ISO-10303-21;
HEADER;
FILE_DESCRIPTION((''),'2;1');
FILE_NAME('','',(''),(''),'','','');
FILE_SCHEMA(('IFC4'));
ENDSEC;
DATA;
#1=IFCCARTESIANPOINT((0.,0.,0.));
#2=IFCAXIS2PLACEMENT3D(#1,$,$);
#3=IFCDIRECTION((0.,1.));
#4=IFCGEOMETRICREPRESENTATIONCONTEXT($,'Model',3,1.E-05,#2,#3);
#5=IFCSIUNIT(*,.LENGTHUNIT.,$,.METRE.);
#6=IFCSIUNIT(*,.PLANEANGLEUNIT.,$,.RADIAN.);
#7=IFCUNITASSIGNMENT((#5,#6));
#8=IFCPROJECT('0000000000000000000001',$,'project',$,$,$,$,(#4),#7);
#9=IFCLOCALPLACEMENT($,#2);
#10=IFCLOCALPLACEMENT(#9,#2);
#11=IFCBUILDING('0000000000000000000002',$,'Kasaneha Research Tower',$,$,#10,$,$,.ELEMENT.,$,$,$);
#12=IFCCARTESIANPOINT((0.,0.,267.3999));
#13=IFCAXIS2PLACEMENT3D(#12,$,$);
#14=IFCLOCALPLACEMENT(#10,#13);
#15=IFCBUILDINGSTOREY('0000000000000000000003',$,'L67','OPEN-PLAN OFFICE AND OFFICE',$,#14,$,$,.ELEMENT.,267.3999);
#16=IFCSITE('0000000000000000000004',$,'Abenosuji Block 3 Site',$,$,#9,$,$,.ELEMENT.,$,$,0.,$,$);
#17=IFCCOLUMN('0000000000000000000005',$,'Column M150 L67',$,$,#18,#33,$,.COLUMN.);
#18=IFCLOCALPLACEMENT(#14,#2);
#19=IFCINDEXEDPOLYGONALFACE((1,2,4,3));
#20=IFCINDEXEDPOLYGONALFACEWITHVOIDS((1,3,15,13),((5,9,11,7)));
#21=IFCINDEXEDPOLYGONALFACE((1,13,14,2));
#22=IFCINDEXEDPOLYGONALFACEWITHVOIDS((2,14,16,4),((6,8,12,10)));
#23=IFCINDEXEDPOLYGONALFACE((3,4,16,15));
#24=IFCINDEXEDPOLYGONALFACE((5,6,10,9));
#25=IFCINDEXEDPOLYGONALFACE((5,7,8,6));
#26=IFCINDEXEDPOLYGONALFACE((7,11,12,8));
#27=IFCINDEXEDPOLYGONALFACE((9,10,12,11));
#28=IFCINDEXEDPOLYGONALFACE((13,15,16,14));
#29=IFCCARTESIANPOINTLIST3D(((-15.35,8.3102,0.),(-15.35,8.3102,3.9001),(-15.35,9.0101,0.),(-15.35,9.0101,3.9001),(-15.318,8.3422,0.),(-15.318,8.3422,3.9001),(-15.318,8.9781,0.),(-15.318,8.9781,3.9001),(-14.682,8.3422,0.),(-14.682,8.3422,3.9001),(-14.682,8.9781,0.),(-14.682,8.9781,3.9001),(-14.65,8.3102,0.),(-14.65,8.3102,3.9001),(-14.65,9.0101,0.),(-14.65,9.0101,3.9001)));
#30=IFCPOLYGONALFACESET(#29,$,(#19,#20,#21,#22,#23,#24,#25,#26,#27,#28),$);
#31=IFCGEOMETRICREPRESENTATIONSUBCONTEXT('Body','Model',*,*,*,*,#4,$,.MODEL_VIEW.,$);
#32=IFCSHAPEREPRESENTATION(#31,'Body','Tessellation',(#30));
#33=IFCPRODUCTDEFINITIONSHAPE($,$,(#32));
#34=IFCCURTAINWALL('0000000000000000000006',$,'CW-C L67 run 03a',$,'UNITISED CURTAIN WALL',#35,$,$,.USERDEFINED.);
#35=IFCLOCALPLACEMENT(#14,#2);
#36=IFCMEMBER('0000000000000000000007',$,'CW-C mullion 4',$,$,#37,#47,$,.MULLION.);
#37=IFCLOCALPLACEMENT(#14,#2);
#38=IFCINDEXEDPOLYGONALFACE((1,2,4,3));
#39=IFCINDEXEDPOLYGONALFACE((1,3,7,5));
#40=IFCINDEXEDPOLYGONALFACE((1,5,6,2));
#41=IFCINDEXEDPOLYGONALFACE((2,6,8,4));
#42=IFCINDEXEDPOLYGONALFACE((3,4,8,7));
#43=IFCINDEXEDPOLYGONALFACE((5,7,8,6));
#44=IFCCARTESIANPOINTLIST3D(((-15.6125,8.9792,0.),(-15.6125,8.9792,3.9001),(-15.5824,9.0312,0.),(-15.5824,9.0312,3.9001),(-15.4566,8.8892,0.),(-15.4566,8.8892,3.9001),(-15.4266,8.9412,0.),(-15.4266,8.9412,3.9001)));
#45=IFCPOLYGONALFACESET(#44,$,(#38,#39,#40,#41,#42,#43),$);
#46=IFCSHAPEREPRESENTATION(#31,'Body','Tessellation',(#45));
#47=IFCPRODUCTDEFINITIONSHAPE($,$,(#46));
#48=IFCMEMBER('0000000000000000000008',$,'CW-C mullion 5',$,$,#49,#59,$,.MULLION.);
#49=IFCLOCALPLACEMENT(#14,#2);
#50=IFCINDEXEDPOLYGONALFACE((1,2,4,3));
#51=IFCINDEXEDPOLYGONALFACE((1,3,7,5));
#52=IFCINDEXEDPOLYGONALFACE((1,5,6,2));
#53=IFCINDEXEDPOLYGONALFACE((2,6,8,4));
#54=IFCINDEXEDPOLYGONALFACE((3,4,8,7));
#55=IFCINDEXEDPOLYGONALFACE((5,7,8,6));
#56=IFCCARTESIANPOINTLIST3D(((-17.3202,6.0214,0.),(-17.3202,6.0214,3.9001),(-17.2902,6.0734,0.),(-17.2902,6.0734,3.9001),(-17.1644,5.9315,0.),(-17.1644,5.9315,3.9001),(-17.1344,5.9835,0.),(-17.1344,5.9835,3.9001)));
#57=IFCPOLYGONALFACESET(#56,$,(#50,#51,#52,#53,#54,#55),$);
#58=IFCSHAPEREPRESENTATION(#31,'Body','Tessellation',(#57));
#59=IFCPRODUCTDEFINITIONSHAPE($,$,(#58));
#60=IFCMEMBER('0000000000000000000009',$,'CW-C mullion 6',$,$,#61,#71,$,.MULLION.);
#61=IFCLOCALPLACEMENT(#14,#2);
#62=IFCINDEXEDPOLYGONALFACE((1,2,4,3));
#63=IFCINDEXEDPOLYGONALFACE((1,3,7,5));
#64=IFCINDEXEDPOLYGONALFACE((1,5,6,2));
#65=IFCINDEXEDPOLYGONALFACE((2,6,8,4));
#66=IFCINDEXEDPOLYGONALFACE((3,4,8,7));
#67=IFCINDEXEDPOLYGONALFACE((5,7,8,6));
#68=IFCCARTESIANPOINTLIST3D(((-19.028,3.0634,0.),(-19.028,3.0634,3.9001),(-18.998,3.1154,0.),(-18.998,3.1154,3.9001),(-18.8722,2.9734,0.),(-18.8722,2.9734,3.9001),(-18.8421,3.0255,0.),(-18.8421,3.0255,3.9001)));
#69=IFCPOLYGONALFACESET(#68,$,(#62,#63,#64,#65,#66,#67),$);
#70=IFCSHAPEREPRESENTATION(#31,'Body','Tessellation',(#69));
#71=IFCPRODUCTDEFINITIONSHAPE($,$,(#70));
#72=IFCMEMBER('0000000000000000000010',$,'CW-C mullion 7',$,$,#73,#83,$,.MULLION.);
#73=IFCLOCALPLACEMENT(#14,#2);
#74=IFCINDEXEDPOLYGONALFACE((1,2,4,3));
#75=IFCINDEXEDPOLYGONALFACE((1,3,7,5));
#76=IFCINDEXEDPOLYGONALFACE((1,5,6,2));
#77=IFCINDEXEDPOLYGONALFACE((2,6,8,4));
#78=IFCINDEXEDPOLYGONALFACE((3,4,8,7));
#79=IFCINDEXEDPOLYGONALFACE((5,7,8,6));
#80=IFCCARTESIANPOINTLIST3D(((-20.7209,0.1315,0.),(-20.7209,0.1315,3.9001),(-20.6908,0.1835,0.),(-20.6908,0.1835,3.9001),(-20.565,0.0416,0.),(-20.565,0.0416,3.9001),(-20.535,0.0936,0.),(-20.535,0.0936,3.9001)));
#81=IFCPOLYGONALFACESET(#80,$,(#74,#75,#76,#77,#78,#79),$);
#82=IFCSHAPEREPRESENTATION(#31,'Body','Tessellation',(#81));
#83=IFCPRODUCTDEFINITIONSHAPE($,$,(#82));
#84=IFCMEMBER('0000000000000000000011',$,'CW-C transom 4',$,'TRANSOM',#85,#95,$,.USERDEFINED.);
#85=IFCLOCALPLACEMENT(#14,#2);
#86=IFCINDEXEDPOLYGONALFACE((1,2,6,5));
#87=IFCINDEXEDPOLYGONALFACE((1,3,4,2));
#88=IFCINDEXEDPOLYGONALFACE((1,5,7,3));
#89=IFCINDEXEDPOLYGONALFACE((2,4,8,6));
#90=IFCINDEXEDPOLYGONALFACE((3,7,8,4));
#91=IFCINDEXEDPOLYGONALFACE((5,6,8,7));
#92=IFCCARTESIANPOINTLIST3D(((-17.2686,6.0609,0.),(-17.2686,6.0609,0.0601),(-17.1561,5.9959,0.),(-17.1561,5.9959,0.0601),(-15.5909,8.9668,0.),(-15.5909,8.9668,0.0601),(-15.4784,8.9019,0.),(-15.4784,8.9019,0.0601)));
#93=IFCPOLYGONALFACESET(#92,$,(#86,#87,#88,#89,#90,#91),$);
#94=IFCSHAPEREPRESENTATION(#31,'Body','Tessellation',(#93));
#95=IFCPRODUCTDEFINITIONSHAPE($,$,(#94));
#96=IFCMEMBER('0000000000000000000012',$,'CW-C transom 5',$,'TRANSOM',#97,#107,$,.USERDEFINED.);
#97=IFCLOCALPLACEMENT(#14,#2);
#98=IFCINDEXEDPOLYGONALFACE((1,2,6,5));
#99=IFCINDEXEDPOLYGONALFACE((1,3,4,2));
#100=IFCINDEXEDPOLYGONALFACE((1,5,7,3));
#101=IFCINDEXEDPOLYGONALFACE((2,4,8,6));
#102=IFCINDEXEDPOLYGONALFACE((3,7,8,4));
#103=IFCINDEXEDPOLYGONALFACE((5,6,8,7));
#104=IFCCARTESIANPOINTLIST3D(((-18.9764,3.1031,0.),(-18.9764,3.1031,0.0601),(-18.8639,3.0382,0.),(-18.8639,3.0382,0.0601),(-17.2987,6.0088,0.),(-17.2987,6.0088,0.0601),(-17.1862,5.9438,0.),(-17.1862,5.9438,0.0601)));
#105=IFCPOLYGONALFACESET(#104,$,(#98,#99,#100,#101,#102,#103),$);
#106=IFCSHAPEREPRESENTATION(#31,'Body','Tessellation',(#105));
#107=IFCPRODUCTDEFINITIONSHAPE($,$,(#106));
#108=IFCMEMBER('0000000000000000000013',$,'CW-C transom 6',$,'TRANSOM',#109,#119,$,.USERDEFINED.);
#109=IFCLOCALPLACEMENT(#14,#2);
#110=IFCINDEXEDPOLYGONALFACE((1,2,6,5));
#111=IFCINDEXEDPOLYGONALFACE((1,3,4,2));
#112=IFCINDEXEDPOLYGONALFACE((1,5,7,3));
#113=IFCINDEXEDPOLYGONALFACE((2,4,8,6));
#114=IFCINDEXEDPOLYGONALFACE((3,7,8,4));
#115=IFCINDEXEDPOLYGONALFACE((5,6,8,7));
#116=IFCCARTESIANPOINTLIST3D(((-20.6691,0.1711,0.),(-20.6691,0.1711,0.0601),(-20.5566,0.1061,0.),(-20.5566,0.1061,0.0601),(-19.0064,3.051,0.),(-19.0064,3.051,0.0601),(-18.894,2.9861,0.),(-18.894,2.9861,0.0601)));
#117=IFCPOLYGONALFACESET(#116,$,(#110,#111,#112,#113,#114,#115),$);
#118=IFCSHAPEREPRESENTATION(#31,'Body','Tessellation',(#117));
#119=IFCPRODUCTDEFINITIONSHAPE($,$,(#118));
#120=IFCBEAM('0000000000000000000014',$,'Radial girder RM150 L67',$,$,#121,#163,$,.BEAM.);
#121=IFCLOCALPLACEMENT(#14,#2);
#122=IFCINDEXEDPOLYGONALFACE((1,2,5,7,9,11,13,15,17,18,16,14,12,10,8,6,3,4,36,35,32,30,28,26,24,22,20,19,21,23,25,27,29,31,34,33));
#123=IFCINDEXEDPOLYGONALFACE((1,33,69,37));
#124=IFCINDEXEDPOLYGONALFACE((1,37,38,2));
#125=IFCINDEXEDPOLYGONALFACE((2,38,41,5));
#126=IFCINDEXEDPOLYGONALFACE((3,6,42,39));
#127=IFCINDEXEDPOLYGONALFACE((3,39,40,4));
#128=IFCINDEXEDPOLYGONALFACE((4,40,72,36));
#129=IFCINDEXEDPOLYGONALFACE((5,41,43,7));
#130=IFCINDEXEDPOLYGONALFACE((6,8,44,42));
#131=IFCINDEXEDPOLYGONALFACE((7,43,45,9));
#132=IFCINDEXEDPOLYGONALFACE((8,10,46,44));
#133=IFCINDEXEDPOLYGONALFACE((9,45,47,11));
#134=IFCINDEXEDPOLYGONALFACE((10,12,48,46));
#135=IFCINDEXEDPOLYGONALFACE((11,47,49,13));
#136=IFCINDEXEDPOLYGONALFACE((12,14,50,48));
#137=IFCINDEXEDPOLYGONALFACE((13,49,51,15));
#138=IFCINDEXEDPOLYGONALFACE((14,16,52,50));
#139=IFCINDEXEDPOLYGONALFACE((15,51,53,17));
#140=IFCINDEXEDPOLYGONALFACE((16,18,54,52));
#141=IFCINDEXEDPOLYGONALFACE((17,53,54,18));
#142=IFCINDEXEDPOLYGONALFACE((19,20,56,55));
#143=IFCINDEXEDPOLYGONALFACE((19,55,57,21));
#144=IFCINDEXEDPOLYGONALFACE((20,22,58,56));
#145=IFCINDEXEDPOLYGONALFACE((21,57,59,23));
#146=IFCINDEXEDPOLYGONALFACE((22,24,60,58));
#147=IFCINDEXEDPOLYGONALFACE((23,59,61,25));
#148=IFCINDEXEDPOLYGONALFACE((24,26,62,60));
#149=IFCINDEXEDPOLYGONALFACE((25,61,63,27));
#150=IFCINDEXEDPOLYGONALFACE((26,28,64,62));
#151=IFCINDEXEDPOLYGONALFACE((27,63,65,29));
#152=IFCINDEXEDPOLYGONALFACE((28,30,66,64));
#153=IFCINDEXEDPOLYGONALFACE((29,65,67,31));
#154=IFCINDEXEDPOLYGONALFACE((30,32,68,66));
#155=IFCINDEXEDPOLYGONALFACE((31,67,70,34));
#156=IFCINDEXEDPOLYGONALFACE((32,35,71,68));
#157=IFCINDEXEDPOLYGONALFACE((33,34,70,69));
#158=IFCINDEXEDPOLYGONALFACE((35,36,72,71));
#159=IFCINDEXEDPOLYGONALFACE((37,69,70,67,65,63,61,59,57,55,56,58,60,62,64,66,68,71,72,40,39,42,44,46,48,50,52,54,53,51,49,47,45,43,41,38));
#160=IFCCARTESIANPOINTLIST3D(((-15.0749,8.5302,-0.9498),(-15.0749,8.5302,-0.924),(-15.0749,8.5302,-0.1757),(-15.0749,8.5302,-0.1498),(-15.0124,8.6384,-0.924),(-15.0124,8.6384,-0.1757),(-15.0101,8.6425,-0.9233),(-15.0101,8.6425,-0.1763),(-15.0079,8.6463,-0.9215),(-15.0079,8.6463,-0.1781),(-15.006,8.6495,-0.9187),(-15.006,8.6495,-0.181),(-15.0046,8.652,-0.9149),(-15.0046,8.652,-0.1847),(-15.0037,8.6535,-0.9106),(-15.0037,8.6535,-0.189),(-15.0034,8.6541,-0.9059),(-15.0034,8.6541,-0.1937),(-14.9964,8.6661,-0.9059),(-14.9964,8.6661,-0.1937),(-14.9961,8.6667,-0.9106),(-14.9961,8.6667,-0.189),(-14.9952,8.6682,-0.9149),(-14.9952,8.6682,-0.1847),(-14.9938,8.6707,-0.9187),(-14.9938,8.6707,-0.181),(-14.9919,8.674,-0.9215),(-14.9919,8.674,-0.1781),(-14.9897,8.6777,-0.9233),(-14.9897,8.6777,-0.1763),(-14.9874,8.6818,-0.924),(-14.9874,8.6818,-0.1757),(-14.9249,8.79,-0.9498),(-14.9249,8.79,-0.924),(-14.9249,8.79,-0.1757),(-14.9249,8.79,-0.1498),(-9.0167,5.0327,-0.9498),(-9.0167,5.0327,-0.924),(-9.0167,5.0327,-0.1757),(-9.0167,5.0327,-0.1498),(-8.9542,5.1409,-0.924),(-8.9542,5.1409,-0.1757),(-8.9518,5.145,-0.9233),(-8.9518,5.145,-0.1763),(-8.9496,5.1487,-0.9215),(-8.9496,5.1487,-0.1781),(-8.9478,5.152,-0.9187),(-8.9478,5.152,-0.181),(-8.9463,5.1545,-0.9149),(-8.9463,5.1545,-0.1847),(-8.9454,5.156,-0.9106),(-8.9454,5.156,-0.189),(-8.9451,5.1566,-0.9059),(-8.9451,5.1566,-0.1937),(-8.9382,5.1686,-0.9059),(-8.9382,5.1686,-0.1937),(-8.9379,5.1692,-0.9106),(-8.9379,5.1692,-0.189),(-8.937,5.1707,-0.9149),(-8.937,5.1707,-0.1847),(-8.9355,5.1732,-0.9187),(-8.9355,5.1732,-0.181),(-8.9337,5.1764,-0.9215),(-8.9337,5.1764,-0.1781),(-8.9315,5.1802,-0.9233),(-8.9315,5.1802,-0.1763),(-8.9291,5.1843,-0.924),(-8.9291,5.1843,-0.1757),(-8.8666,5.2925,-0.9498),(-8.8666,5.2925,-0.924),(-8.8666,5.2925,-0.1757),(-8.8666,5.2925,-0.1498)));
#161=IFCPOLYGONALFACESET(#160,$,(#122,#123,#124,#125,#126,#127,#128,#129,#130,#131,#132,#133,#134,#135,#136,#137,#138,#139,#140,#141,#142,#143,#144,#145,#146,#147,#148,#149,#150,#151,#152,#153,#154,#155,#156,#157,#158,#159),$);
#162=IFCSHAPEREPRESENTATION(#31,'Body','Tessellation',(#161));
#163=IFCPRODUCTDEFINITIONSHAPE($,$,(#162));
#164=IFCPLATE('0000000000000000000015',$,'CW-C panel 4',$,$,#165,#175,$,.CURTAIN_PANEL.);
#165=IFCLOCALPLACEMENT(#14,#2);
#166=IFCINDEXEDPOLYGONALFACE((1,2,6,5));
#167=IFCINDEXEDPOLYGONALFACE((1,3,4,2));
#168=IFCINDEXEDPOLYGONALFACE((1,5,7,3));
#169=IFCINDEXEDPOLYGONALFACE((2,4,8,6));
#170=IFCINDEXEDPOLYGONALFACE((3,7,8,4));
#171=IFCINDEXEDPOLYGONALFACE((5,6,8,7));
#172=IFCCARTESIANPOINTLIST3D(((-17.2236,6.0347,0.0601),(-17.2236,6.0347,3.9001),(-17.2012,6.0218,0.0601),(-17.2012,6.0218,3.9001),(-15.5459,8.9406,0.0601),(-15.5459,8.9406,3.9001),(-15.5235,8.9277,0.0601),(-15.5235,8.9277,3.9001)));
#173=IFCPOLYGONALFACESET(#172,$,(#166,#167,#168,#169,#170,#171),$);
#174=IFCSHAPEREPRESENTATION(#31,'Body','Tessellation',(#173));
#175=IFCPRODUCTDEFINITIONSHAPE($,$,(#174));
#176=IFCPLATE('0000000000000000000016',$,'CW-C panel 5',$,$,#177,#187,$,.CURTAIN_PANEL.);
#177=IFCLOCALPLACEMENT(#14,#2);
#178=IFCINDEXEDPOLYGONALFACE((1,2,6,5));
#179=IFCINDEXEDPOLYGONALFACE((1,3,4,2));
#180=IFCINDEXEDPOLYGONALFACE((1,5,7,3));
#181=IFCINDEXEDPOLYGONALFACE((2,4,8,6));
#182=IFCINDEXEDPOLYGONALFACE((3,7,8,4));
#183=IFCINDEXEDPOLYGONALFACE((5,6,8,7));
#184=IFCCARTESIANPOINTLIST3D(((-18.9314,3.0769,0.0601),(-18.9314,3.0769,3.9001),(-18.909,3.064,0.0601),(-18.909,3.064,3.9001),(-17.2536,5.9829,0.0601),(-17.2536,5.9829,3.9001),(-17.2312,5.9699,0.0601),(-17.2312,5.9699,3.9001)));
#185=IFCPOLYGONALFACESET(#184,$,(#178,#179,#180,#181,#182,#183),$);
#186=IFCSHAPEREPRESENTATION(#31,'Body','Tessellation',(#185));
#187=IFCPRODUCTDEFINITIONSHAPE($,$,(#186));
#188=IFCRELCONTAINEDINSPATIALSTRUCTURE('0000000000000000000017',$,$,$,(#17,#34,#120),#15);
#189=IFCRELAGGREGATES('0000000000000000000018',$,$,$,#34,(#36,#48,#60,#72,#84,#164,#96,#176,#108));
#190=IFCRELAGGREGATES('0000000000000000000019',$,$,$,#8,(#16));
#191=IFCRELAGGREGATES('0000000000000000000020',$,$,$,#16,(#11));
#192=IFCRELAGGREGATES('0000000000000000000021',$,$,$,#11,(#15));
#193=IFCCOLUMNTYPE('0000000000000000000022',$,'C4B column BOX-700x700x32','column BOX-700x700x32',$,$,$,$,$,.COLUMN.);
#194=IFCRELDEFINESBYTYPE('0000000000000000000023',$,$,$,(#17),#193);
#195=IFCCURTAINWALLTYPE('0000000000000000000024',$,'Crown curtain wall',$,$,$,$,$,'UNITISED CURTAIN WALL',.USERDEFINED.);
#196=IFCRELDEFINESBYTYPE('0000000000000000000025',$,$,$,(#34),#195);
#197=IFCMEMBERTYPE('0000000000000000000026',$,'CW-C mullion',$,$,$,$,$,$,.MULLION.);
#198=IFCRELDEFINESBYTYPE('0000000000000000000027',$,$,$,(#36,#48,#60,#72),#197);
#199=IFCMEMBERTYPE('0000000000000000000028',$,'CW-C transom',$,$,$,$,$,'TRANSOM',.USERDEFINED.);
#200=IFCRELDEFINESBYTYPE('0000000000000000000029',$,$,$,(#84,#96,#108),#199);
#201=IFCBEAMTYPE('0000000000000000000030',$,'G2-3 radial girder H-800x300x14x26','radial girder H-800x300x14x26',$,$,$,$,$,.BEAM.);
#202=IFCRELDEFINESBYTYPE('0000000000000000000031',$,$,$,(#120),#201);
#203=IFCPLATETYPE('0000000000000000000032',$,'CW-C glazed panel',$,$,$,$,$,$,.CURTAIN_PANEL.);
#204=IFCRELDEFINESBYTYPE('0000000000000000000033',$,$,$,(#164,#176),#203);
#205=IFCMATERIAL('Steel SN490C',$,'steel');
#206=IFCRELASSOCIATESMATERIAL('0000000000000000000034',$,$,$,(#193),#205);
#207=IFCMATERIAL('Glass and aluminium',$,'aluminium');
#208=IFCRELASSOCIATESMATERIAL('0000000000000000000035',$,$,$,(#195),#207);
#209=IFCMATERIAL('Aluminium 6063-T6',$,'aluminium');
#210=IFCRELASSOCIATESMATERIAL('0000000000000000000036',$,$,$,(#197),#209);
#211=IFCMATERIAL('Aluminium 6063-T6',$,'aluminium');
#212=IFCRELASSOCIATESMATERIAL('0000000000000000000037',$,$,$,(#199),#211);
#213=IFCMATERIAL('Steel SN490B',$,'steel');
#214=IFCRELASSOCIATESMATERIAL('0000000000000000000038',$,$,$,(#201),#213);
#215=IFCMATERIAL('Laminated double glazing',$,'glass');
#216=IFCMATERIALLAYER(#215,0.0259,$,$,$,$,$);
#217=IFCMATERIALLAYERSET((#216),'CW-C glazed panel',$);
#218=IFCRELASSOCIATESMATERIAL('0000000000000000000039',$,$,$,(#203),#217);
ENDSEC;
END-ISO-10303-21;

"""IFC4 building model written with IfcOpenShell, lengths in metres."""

from ifc_helpers import new_model, si_unit, direction, frame, origin, origin_2d, place, context, subcontext, project, spatial, rectangle, hollow_rectangle, i_section, extrude, material, layer, layer_set, material_profile, profile_set, type_object, element, aggregate, save


model = new_model("IFC4")

# Units and contexts
model_context = context("Model", 3, precision=1e-05, world=origin(), true_north=direction((0.0, 1.0)))
body_context = subcontext(model_context, "Body", "Model", "MODEL_VIEW")
ifc_project = project(units=[si_unit("LENGTHUNIT", "METRE"), si_unit("PLANEANGLEUNIT", "RADIAN")], contexts=[model_context])

# Site, building, storey
site_placement = place(None, origin())
site = spatial("IfcSite", under=ifc_project, at=site_placement, Name="Abenosuji Block 3 Site", CompositionType="ELEMENT", RefElevation=0.0)
building_placement = place(site_placement, origin())
building = spatial("IfcBuilding", under=site, at=building_placement, Name="Kasaneha Research Tower", CompositionType="ELEMENT")
storey_placement = place(building_placement, frame((0.0, 0.0, 267.3999)))
storey = spatial("IfcBuildingStorey", under=building, at=storey_placement, Name="L67", Description="OPEN-PLAN OFFICE AND OFFICE", CompositionType="ELEMENT", Elevation=267.3999)

# Column
ifc_material_1 = material(Name="Steel SN490C", Category="steel")
ifc_material_profile_1 = material_profile(ifc_material_1, hollow_rectangle(XDim=0.7, YDim=0.7, WallThickness=0.032, at=origin_2d()), Name="BOX-700x700x32")
ifc_profile_set_1 = profile_set([ifc_material_profile_1], Name="Steel SN490C")
column_type = type_object("IfcColumnType", Name="C4B column BOX-700x700x32", Description="column BOX-700x700x32", PredefinedType="COLUMN", material=ifc_profile_set_1)
column_placement = place(storey_placement, frame((-15.0, 8.6602, 0.0), z_axis=(0.0, 0.0, 1.0), x_axis=(1.0, 0.0, 0.0)))
element("IfcColumn", 1, at=column_placement, inside=storey, type_object=column_type, Name="Column M150 L67", PredefinedType="COLUMN", context=body_context, shape_type="SweptSolid", body=[
    extrude(hollow_rectangle(XDim=0.7, YDim=0.7, WallThickness=0.032, at=origin_2d()), origin(), (0.0, 0.0, 1.0), 3.9001),
])

# Curtain wall, members
ifc_material_2 = material(Name="Glass and aluminium", Category="aluminium")
curtain_wall_type = type_object("IfcCurtainWallType", Name="Crown curtain wall", ElementType="UNITISED CURTAIN WALL", PredefinedType="USERDEFINED", material=ifc_material_2)
curtain_wall_placement = place(storey_placement, origin())
curtain_wall = element("IfcCurtainWall", 2, at=curtain_wall_placement, inside=storey, type_object=curtain_wall_type, Name="CW-C L67 run 03a", ObjectType="UNITISED CURTAIN WALL", PredefinedType="USERDEFINED")
ifc_material_3 = material(Name="Aluminium 6063-T6", Category="aluminium")
ifc_material_profile_2 = material_profile(ifc_material_3, rectangle(XDim=0.0601, YDim=0.1799, at=origin_2d()), Name="CW-C mullion 60x180")
ifc_profile_set_2 = profile_set([ifc_material_profile_2], Name="Aluminium 6063-T6")
member_type_1 = type_object("IfcMemberType", Name="CW-C mullion", PredefinedType="MULLION", material=ifc_profile_set_2)
member_1_placement = place(storey_placement, frame((-15.5195, 8.9602, 0.0), z_axis=(0.0, 0.0, 1.0), x_axis=(-0.5, -0.866025, 0.0)))
member_1 = element("IfcMember", 3, at=member_1_placement, type_object=member_type_1, Name="CW-C mullion 4", PredefinedType="MULLION", context=body_context, shape_type="SweptSolid", body=[
    extrude(rectangle(XDim=0.0601, YDim=0.1799, at=origin_2d()), origin(), (0.0, 0.0, 1.0), 3.9001),
])
member_2_placement = place(storey_placement, frame((-17.2273, 6.0024, 0.0), z_axis=(0.0, 0.0, 1.0), x_axis=(-0.5, -0.866025, 0.0)))
member_2 = element("IfcMember", 4, at=member_2_placement, type_object=member_type_1, Name="CW-C mullion 5", PredefinedType="MULLION", context=body_context, shape_type="SweptSolid", body=[
    extrude(rectangle(XDim=0.0601, YDim=0.1799, at=origin_2d()), origin(), (0.0, 0.0, 1.0), 3.9001),
])
member_3_placement = place(storey_placement, frame((-18.9351, 3.0444, 0.0), z_axis=(0.0, 0.0, 1.0), x_axis=(-0.5, -0.866025, 0.0)))
member_3 = element("IfcMember", 5, at=member_3_placement, type_object=member_type_1, Name="CW-C mullion 6", PredefinedType="MULLION", context=body_context, shape_type="SweptSolid", body=[
    extrude(rectangle(XDim=0.0601, YDim=0.1799, at=origin_2d()), origin(), (0.0, 0.0, 1.0), 3.9001),
])
member_4_placement = place(storey_placement, frame((-20.6279, 0.1125, 0.0), z_axis=(0.0, 0.0, 1.0), x_axis=(-0.5, -0.866025, 0.0)))
member_4 = element("IfcMember", 6, at=member_4_placement, type_object=member_type_1, Name="CW-C mullion 7", PredefinedType="MULLION", context=body_context, shape_type="SweptSolid", body=[
    extrude(rectangle(XDim=0.0601, YDim=0.1799, at=origin_2d()), origin(), (0.0, 0.0, 1.0), 3.9001),
])
ifc_material_4 = material(Name="Aluminium 6063-T6", Category="aluminium")
ifc_material_profile_3 = material_profile(ifc_material_4, rectangle(XDim=0.1299, YDim=0.0601, at=origin_2d()), Name="CW-C transom 130x60")
ifc_profile_set_3 = profile_set([ifc_material_profile_3], Name="Aluminium 6063-T6")
member_type_2 = type_object("IfcMemberType", Name="CW-C transom", ElementType="TRANSOM", PredefinedType="USERDEFINED", material=ifc_profile_set_3)
member_5_placement = place(storey_placement, frame((-15.5347, 8.9343, 0.03), z_axis=(-0.499989, -0.866032, 0.0), x_axis=(0.866032, -0.499989, 0.0)))
member_5 = element("IfcMember", 7, at=member_5_placement, type_object=member_type_2, Name="CW-C transom 4", ObjectType="TRANSOM", PredefinedType="USERDEFINED", context=body_context, shape_type="SweptSolid", body=[
    extrude(rectangle(XDim=0.1299, YDim=0.0601, at=origin_2d()), origin(), (0.0, 0.0, 1.0), 3.3555),
])
member_6_placement = place(storey_placement, frame((-17.2424, 5.9763, 0.03), z_axis=(-0.500021, -0.866014, 0.0), x_axis=(0.866014, -0.500021, 0.0)))
member_6 = element("IfcMember", 8, at=member_6_placement, type_object=member_type_2, Name="CW-C transom 5", ObjectType="TRANSOM", PredefinedType="USERDEFINED", context=body_context, shape_type="SweptSolid", body=[
    extrude(rectangle(XDim=0.1299, YDim=0.0601, at=origin_2d()), origin(), (0.0, 0.0, 1.0), 3.3552),
])
member_7_placement = place(storey_placement, frame((-18.9502, 3.0186, 0.03), z_axis=(-0.499977, -0.866039, 0.0), x_axis=(0.866039, -0.499977, 0.0)))
member_7 = element("IfcMember", 9, at=member_7_placement, type_object=member_type_2, Name="CW-C transom 6", ObjectType="TRANSOM", PredefinedType="USERDEFINED", context=body_context, shape_type="SweptSolid", body=[
    extrude(rectangle(XDim=0.1299, YDim=0.0601, at=origin_2d()), origin(), (0.0, 0.0, 1.0), 3.3254),
])

# Beam
ifc_material_5 = material(Name="Steel SN490B", Category="steel")
ifc_material_profile_4 = material_profile(ifc_material_5, i_section(OverallWidth=0.3, OverallDepth=0.8, WebThickness=0.0139, FlangeThickness=0.0259, FilletRadius=0.0181, at=origin_2d()), Name="H-800x300x14x26")
ifc_profile_set_4 = profile_set([ifc_material_profile_4], Name="Steel SN490B")
beam_type = type_object("IfcBeamType", Name="G2-3 radial girder H-800x300x14x26", Description="radial girder H-800x300x14x26", PredefinedType="BEAM", material=ifc_profile_set_4)
beam_placement = place(storey_placement, frame((-8.9417, 5.1626, -0.5498), z_axis=(-0.86604, 0.499975, 0.0), x_axis=(-0.499975, -0.86604, 0.0)))
element("IfcBeam", 10, at=beam_placement, inside=storey, type_object=beam_type, Name="Radial girder RM150 L67", PredefinedType="BEAM", context=body_context, shape_type="SweptSolid", body=[
    extrude(i_section(OverallWidth=0.3, OverallDepth=0.8, WebThickness=0.0139, FlangeThickness=0.0259, FilletRadius=0.0181, at=origin_2d()), origin(), (0.0, 0.0, 1.0), 6.9954),
])

# Plates
ifc_material_6 = material(Name="Laminated double glazing", Category="glass")
ifc_layer_1 = layer(ifc_material_6, 0.0259)
ifc_layer_set_1 = layer_set([ifc_layer_1], Name="CW-C glazed panel")
plate_type = type_object("IfcPlateType", Name="CW-C glazed panel", PredefinedType="CURTAIN_PANEL", material=ifc_layer_set_1)
plate_1_placement = place(storey_placement, frame((-16.3735, 7.4812, 0.0601), z_axis=(0.0, 0.0, 1.0), x_axis=(-0.5, -0.866025, 0.0)))
plate_1 = element("IfcPlate", 11, at=plate_1_placement, type_object=plate_type, Name="CW-C panel 4", PredefinedType="CURTAIN_PANEL", context=body_context, shape_type="SweptSolid", body=[
    extrude(rectangle(XDim=3.3555, YDim=0.0259, at=origin_2d()), origin(), (0.0, 0.0, 1.0), 3.8401),
])
plate_2_placement = place(storey_placement, frame((-18.0813, 4.5234, 0.0601), z_axis=(0.0, 0.0, 1.0), x_axis=(-0.5, -0.866025, 0.0)))
plate_2 = element("IfcPlate", 12, at=plate_2_placement, type_object=plate_type, Name="CW-C panel 5", PredefinedType="CURTAIN_PANEL", context=body_context, shape_type="SweptSolid", body=[
    extrude(rectangle(XDim=3.3555, YDim=0.0259, at=origin_2d()), origin(), (0.0, 0.0, 1.0), 3.8401),
])
aggregate(curtain_wall, [member_1, member_2, member_3, member_4, member_5, plate_1, member_6, plate_2, member_7])

save(model, "model.ifc")
